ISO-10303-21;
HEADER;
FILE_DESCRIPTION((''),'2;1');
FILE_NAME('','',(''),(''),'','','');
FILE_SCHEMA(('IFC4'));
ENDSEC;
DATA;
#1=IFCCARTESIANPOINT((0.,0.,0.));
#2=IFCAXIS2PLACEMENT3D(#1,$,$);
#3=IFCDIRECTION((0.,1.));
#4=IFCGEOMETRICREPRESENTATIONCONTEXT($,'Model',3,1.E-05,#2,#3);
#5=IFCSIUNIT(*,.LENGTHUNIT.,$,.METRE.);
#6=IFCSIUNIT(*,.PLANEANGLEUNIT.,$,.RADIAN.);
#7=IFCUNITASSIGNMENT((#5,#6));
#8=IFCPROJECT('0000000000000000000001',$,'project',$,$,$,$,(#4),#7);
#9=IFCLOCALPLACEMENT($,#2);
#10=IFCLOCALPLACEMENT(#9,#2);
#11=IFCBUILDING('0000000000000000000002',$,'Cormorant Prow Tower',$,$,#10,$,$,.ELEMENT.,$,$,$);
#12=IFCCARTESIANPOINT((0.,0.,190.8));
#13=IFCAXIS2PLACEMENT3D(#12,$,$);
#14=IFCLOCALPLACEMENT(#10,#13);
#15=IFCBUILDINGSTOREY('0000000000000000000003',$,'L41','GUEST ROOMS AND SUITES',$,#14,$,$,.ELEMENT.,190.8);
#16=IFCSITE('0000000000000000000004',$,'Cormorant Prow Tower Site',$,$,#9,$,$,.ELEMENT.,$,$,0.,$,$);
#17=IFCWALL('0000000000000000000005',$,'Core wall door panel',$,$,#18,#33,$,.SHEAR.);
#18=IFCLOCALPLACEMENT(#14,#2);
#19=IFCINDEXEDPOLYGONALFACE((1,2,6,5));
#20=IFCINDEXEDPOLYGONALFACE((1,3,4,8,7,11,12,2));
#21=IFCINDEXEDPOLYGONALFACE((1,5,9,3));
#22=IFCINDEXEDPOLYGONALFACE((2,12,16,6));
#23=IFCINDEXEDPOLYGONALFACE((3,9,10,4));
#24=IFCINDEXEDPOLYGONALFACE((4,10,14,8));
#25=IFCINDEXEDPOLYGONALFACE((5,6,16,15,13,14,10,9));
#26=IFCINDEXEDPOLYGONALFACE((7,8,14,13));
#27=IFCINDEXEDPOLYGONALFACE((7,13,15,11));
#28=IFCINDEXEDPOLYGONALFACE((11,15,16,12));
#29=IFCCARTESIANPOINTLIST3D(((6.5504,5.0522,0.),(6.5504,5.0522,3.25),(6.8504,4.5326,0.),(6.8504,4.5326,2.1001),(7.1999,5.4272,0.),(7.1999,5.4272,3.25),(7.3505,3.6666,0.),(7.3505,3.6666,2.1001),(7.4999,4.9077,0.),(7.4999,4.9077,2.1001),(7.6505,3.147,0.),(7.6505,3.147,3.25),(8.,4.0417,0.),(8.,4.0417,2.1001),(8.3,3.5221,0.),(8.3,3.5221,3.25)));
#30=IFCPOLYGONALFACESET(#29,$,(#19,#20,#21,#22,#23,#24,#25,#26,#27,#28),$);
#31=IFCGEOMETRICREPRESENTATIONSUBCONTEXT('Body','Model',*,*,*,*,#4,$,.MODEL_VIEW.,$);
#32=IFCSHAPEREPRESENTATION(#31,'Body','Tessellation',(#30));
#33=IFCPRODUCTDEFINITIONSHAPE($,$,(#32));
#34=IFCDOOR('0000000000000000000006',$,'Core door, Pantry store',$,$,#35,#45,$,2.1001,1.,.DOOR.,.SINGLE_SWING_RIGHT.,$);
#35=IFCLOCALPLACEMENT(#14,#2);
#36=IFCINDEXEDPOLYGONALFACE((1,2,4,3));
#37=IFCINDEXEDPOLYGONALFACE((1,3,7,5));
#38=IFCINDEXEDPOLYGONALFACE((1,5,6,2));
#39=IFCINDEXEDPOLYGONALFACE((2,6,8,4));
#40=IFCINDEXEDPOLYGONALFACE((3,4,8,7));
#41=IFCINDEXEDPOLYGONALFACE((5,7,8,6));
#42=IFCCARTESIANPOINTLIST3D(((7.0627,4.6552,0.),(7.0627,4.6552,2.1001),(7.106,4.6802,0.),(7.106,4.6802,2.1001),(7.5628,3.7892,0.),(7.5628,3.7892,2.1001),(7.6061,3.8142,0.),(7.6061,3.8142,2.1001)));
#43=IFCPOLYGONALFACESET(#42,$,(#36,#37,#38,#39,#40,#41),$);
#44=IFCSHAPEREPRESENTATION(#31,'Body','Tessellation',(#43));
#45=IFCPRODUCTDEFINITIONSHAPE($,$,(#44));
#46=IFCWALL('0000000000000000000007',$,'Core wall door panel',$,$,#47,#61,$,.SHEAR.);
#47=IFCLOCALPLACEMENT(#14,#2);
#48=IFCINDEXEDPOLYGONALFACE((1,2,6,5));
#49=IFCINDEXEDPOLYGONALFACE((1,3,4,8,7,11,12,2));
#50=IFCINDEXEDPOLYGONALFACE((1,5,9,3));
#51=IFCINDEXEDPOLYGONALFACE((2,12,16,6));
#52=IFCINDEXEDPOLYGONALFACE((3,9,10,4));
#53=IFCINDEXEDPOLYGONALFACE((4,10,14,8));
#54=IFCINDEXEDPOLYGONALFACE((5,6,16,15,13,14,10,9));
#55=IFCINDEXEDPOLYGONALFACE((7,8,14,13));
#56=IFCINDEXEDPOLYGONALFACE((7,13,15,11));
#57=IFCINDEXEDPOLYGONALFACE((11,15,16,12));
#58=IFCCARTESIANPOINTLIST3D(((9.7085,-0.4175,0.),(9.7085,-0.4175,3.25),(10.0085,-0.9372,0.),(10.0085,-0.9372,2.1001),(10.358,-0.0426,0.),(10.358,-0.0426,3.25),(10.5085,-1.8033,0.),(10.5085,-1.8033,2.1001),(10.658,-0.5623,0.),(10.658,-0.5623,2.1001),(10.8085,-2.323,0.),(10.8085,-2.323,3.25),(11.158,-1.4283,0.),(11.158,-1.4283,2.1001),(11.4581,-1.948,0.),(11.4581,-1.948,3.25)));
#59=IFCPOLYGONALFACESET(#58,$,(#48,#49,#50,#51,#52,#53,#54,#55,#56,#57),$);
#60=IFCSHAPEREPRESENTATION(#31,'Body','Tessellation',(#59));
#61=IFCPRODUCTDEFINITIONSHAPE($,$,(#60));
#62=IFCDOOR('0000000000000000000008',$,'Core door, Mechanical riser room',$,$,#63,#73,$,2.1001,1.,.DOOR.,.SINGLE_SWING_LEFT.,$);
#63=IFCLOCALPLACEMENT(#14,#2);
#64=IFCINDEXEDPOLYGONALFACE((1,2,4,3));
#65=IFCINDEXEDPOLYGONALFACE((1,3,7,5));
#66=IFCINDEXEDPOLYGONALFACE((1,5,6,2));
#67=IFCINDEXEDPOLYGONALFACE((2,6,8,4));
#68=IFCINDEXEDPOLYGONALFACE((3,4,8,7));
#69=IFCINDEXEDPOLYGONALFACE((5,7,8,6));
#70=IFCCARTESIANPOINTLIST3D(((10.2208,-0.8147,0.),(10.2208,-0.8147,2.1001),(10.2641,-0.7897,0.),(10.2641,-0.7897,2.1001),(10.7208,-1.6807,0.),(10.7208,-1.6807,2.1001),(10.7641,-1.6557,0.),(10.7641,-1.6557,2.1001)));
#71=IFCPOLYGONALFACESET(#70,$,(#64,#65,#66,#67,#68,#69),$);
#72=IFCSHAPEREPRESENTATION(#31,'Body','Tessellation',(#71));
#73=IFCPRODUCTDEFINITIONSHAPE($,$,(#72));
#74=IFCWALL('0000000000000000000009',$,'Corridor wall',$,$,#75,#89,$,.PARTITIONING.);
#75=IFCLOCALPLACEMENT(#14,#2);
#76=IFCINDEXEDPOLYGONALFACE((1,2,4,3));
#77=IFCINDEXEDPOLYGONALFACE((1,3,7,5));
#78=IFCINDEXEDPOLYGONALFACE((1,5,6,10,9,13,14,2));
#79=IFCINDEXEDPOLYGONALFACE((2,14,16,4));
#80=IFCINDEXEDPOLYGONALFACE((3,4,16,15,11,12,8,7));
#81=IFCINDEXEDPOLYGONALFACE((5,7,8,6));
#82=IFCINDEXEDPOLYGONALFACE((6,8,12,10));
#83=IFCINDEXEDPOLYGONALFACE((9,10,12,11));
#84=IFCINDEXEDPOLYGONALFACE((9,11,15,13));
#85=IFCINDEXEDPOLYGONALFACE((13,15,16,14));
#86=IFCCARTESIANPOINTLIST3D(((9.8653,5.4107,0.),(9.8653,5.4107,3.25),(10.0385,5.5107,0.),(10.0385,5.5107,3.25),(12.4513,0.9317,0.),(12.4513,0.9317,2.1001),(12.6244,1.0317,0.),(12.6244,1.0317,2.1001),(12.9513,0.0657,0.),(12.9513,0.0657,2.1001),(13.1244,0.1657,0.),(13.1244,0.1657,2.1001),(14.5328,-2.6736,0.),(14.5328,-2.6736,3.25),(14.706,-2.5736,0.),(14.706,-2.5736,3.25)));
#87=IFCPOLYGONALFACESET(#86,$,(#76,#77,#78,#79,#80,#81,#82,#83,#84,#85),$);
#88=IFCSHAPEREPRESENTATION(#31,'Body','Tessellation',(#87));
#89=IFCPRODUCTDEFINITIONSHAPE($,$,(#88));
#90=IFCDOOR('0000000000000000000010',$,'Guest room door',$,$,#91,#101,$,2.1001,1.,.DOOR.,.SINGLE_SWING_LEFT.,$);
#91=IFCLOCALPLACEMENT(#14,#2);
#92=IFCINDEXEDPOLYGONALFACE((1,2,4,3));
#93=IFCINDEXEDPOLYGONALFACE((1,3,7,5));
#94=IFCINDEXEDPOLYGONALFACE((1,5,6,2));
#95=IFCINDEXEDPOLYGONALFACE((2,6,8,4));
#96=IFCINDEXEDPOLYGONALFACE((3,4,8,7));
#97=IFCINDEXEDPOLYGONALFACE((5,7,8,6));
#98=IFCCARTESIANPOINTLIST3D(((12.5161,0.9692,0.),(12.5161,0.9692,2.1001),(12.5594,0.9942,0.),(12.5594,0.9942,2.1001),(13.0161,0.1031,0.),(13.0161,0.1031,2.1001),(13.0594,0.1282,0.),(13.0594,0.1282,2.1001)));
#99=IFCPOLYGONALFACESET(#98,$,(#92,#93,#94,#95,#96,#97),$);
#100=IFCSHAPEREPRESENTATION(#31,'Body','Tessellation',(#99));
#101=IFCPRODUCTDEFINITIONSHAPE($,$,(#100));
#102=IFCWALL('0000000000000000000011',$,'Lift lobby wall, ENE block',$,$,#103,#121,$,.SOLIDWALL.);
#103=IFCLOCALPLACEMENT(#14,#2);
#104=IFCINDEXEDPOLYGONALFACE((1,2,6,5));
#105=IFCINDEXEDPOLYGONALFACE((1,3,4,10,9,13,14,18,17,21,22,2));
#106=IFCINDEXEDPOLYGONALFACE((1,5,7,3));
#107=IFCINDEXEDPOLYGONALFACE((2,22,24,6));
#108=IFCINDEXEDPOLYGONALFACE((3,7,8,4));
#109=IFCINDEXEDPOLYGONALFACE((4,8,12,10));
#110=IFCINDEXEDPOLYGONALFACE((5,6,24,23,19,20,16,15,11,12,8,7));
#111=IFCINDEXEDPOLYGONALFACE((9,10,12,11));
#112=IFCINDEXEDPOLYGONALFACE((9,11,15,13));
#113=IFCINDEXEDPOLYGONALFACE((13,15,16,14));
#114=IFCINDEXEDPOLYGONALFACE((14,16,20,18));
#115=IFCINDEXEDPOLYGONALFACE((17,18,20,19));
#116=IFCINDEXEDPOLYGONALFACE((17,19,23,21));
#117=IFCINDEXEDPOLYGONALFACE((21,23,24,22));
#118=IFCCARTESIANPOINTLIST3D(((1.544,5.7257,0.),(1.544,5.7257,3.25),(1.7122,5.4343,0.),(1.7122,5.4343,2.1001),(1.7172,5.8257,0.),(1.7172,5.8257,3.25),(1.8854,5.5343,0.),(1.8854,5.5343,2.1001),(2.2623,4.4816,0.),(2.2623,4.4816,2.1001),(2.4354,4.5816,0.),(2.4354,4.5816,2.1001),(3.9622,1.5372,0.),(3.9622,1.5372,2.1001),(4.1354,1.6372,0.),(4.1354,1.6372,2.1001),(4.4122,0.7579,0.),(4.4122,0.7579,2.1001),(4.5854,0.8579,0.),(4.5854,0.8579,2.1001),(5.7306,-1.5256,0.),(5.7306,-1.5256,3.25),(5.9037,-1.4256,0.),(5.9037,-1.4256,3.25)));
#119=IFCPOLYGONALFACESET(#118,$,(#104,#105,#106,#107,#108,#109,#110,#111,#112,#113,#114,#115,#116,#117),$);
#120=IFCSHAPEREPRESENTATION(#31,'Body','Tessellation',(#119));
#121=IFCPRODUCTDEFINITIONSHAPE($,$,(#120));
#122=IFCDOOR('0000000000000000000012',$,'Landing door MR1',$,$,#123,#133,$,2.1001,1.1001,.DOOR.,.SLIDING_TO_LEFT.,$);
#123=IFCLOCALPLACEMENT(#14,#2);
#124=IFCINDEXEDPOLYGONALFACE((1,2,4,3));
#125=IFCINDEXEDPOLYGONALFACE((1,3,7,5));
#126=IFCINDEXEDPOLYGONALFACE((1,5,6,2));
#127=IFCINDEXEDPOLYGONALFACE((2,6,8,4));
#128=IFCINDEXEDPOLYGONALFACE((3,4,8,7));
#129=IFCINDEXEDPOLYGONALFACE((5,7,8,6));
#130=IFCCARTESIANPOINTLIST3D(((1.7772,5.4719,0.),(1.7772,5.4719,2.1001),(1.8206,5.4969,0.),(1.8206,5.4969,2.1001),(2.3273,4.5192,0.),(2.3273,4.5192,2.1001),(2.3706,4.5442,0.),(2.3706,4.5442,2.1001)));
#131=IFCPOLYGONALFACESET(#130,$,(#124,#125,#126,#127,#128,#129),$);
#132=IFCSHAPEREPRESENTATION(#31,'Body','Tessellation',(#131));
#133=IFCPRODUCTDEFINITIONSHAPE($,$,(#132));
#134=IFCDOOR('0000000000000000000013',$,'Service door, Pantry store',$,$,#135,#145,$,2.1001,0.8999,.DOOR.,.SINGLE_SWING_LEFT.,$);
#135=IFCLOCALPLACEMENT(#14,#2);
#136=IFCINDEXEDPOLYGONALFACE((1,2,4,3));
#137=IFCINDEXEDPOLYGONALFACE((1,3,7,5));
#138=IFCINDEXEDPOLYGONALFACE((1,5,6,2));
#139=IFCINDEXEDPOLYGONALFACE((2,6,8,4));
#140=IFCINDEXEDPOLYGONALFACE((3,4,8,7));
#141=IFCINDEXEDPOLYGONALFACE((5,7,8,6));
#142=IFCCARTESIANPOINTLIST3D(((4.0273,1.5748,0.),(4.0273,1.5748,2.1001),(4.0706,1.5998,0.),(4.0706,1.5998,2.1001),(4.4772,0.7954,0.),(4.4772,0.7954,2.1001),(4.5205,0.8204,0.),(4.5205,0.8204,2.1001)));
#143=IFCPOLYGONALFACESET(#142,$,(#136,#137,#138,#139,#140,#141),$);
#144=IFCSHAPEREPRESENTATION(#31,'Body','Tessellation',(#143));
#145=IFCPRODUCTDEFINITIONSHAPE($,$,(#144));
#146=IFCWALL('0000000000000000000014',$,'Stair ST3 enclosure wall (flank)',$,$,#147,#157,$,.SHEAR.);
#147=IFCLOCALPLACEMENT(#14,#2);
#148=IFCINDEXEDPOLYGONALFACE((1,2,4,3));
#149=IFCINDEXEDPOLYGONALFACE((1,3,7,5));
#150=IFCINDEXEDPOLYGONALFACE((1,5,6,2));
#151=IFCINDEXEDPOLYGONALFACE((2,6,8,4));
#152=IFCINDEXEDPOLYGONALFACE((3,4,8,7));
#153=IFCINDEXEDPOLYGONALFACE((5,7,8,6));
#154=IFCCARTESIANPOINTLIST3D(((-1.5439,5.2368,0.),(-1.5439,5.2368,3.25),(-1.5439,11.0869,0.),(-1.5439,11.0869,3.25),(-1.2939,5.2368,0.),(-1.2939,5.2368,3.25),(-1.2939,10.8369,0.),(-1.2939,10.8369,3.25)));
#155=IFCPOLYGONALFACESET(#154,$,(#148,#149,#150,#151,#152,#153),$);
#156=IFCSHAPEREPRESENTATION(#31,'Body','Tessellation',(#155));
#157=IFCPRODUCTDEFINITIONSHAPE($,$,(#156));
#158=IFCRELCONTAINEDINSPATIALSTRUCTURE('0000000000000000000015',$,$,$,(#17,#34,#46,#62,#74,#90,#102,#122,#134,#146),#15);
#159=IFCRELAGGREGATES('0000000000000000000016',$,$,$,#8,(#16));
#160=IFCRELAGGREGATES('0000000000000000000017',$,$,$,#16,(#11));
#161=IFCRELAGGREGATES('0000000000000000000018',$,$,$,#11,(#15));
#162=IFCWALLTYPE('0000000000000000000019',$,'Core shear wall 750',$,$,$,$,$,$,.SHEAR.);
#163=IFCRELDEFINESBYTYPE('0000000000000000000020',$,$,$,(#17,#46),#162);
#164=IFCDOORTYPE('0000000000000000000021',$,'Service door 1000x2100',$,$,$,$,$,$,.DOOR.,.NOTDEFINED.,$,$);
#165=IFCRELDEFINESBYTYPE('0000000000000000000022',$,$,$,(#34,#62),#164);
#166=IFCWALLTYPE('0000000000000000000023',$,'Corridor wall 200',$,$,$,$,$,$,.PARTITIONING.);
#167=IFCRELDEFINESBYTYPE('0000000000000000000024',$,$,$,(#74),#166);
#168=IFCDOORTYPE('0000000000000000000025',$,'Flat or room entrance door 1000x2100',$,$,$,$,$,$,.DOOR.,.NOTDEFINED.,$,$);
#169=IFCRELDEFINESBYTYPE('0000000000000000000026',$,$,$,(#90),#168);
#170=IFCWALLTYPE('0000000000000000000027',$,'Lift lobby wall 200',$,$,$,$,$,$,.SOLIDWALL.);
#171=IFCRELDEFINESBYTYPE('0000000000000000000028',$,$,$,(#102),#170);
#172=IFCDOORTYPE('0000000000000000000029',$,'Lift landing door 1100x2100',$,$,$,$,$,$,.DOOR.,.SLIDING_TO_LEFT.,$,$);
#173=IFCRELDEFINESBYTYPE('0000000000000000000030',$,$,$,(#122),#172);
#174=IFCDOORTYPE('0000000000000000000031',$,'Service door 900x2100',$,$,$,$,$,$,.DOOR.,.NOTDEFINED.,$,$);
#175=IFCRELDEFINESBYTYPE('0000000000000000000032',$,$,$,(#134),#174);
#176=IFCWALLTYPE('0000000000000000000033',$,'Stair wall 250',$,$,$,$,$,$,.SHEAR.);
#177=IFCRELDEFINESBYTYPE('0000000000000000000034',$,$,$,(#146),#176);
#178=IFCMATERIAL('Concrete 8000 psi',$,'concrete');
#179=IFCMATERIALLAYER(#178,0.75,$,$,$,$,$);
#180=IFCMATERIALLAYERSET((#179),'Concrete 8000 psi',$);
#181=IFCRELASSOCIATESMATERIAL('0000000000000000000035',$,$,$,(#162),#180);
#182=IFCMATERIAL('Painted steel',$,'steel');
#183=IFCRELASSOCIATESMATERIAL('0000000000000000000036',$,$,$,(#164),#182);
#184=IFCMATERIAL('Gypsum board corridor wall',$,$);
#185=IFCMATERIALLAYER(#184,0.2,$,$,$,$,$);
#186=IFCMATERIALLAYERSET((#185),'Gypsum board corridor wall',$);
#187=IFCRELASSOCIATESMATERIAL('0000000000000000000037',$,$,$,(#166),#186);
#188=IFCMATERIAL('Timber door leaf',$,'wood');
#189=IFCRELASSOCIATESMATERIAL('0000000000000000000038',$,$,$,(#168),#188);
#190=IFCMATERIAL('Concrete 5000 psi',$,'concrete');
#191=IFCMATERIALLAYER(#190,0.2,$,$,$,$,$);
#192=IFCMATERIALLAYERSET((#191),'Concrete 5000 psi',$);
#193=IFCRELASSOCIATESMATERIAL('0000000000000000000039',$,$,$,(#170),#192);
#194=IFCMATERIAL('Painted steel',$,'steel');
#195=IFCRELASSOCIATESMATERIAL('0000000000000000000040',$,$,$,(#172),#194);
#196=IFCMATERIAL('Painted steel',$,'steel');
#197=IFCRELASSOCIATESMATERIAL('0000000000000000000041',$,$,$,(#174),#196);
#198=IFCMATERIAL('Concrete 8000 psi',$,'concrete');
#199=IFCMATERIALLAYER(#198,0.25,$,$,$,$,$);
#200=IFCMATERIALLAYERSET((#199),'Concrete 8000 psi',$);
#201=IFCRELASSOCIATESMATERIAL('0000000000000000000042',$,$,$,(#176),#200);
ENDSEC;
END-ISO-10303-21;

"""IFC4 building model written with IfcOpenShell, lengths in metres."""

from ifc_helpers import new_model, si_unit, direction, frame, frame_2d, origin, place, context, subcontext, project, spatial, polyline, rectangle, outline, extrude, material, layer, layer_set, type_object, element, fill, save


model = new_model("IFC4")

# Units and contexts
model_context = context("Model", 3, precision=1e-05, world=origin(), true_north=direction((0.0, 1.0)))
body_context = subcontext(model_context, "Body", "Model", "MODEL_VIEW")
ifc_project = project(units=[si_unit("LENGTHUNIT", "METRE"), si_unit("PLANEANGLEUNIT", "RADIAN")], contexts=[model_context])

# Site, building, storey
site_placement = place(None, origin())
site = spatial("IfcSite", under=ifc_project, at=site_placement, Name="Cormorant Prow Tower Site", CompositionType="ELEMENT", RefElevation=0.0)
building_placement = place(site_placement, origin())
building = spatial("IfcBuilding", under=site, at=building_placement, Name="Cormorant Prow Tower", CompositionType="ELEMENT")
storey_placement = place(building_placement, frame((0.0, 0.0, 190.8)))
storey = spatial("IfcBuildingStorey", under=building, at=storey_placement, Name="L41", Description="GUEST ROOMS AND SUITES", CompositionType="ELEMENT", Elevation=190.8)

# Shared definitions
ifc_material_1 = material(Name="Concrete 8000 psi", Category="concrete")
ifc_layer_1 = layer(ifc_material_1, 0.75)
ifc_layer_set_1 = layer_set([ifc_layer_1], Name="Concrete 8000 psi")
wall_type_1 = type_object("IfcWallType", Name="Core shear wall 750", PredefinedType="SHEAR", material=ifc_layer_set_1)

# Walls, openings, doors
wall_1_placement = place(storey_placement, frame((7.9753, 3.3345, 0.0), z_axis=(0.0, 0.0, 1.0), x_axis=(-0.500078, 0.86598, 0.0)))
wall_1 = element("IfcWall", 1, at=wall_1_placement, inside=storey, type_object=wall_type_1, Name="Core wall door panel", PredefinedType="SHEAR", context=body_context, shape_type="SweptSolid", body=[
    extrude(rectangle(XDim=2.2, YDim=0.75, at=frame_2d((1.1001, 0.0))), origin(), (0.0, 0.0, 1.0), 3.25),
])
opening_1_placement = place(wall_1_placement, frame((0.6001, 0.0, 0.0)))
opening_1 = element("IfcOpeningElement", 2, at=opening_1_placement, cuts=wall_1, PredefinedType="OPENING", context=body_context, shape_type="SweptSolid", body=[
    extrude(rectangle(XDim=1.0, YDim=2.1001, at=frame_2d((0.5, 1.05))), frame((0.0, 0.385, 0.0), z_axis=(0.0, -1.0, 0.0), x_axis=(1.0, 0.0, 0.0)), (0.0, 0.0, 1.0), 0.77),
])
ifc_material_2 = material(Name="Painted steel", Category="steel")
door_type_1 = type_object("IfcDoorType", Name="Service door 1000x2100", OperationType="NOTDEFINED", PredefinedType="DOOR", material=ifc_material_2)
door_1_placement = place(opening_1_placement, origin())
door_1 = element("IfcDoor", 3, at=door_1_placement, inside=storey, type_object=door_type_1, Name="Core door, Pantry store", OperationType="SINGLE_SWING_RIGHT", OverallHeight=2.1001, OverallWidth=1.0, PredefinedType="DOOR", context=body_context, shape_type="SweptSolid", body=[
    extrude(rectangle(XDim=1.0, YDim=2.1001, at=frame_2d((0.5, 1.05))), frame((0.0, 0.1299, 0.0), z_axis=(0.0, -1.0, 0.0), x_axis=(1.0, 0.0, 0.0)), (0.0, 0.0, 1.0), 0.05),
])
fill(opening_1, door_1)
wall_2_placement = place(storey_placement, frame((11.1333, -2.1355, 0.0), z_axis=(0.0, 0.0, 1.0), x_axis=(-0.499982, 0.866036, 0.0)))
wall_2 = element("IfcWall", 4, at=wall_2_placement, inside=storey, type_object=wall_type_1, Name="Core wall door panel", PredefinedType="SHEAR", context=body_context, shape_type="SweptSolid", body=[
    extrude(rectangle(XDim=2.2002, YDim=0.75, at=frame_2d((1.1001, 0.0))), origin(), (0.0, 0.0, 1.0), 3.25),
])
opening_2_placement = place(wall_2_placement, frame((0.6001, 0.0, 0.0)))
opening_2 = element("IfcOpeningElement", 5, at=opening_2_placement, cuts=wall_2, PredefinedType="OPENING", context=body_context, shape_type="SweptSolid", body=[
    extrude(rectangle(XDim=1.0, YDim=2.1001, at=frame_2d((0.5, 1.05))), frame((0.0, 0.385, 0.0), z_axis=(0.0, -1.0, 0.0), x_axis=(1.0, 0.0, 0.0)), (0.0, 0.0, 1.0), 0.77),
])
door_2_placement = place(opening_2_placement, origin())
door_2 = element("IfcDoor", 6, at=door_2_placement, inside=storey, type_object=door_type_1, Name="Core door, Mechanical riser room", OperationType="SINGLE_SWING_LEFT", OverallHeight=2.1001, OverallWidth=1.0, PredefinedType="DOOR", context=body_context, shape_type="SweptSolid", body=[
    extrude(rectangle(XDim=1.0, YDim=2.1001, at=frame_2d((0.5, 1.05))), frame((0.0, 0.1299, 0.0), z_axis=(0.0, -1.0, 0.0), x_axis=(1.0, 0.0, 0.0)), (0.0, 0.0, 1.0), 0.05),
])
fill(opening_2, door_2)
ifc_material_3 = material(Name="Gypsum board corridor wall")
ifc_layer_2 = layer(ifc_material_3, 0.2)
ifc_layer_set_2 = layer_set([ifc_layer_2], Name="Gypsum board corridor wall")
wall_type_2 = type_object("IfcWallType", Name="Corridor wall 200", PredefinedType="PARTITIONING", material=ifc_layer_set_2)
wall_3_placement = place(storey_placement, frame((9.9519, 5.4607, 0.0), z_axis=(0.0, 0.0, 1.0), x_axis=(0.500004, -0.866023, 0.0)))
wall_3 = element("IfcWall", 7, at=wall_3_placement, inside=storey, type_object=wall_type_2, Name="Corridor wall", PredefinedType="PARTITIONING", context=body_context, shape_type="SweptSolid", body=[
    extrude(rectangle(XDim=9.335, YDim=0.2, at=frame_2d((4.6675, 0.0))), origin(), (0.0, 0.0, 1.0), 3.25),
])
opening_3_placement = place(wall_3_placement, frame((5.1719, 0.0, 0.0)))
opening_3 = element("IfcOpeningElement", 8, at=opening_3_placement, cuts=wall_3, PredefinedType="OPENING", context=body_context, shape_type="SweptSolid", body=[
    extrude(rectangle(XDim=1.0, YDim=2.1001, at=frame_2d((0.5, 1.05))), frame((0.0, 0.1099, 0.0), z_axis=(0.0, -1.0, 0.0), x_axis=(1.0, 0.0, 0.0)), (0.0, 0.0, 1.0), 0.22),
])
ifc_material_4 = material(Name="Timber door leaf", Category="wood")
door_type_2 = type_object("IfcDoorType", Name="Flat or room entrance door 1000x2100", OperationType="NOTDEFINED", PredefinedType="DOOR", material=ifc_material_4)
door_3_placement = place(opening_3_placement, origin())
door_3 = element("IfcDoor", 9, at=door_3_placement, inside=storey, type_object=door_type_2, Name="Guest room door", OperationType="SINGLE_SWING_LEFT", OverallHeight=2.1001, OverallWidth=1.0, PredefinedType="DOOR", context=body_context, shape_type="SweptSolid", body=[
    extrude(rectangle(XDim=1.0, YDim=2.1001, at=frame_2d((0.5, 1.05))), frame((0.0, 0.0249, 0.0), z_axis=(0.0, -1.0, 0.0), x_axis=(1.0, 0.0, 0.0)), (0.0, 0.0, 1.0), 0.05),
])
fill(opening_3, door_3)

# Wall, openings, doors
ifc_material_5 = material(Name="Concrete 5000 psi", Category="concrete")
ifc_layer_3 = layer(ifc_material_5, 0.2)
ifc_layer_set_3 = layer_set([ifc_layer_3], Name="Concrete 5000 psi")
wall_type_3 = type_object("IfcWallType", Name="Lift lobby wall 200", PredefinedType="SOLIDWALL", material=ifc_layer_set_3)
wall_4_placement = place(storey_placement, frame((5.8171, -1.4756, 0.0), z_axis=(0.0, 0.0, 1.0), x_axis=(-0.500003, 0.866024, 0.0)))
wall_4 = element("IfcWall", 10, at=wall_4_placement, inside=storey, type_object=wall_type_3, Name="Lift lobby wall, ENE block", PredefinedType="SOLIDWALL", context=body_context, shape_type="SweptSolid", body=[
    extrude(rectangle(XDim=8.373, YDim=0.2, at=frame_2d((4.1865, 0.0))), origin(), (0.0, 0.0, 1.0), 3.25),
])
opening_4_placement = place(wall_4_placement, frame((2.6367, 0.0, 0.0)))
opening_4 = element("IfcOpeningElement", 11, at=opening_4_placement, cuts=wall_4, PredefinedType="OPENING", context=body_context, shape_type="SweptSolid", body=[
    extrude(rectangle(XDim=0.8999, YDim=2.1001, at=frame_2d((0.45, 1.05))), frame((0.0, 0.1099, 0.0), z_axis=(0.0, -1.0, 0.0), x_axis=(1.0, 0.0, 0.0)), (0.0, 0.0, 1.0), 0.22),
])
opening_5_placement = place(wall_4_placement, frame((6.9365, 0.0, 0.0)))
opening_5 = element("IfcOpeningElement", 12, at=opening_5_placement, cuts=wall_4, PredefinedType="OPENING", context=body_context, shape_type="SweptSolid", body=[
    extrude(rectangle(XDim=1.1001, YDim=2.1001, at=frame_2d((0.55, 1.05))), frame((0.0, 0.1099, 0.0), z_axis=(0.0, -1.0, 0.0), x_axis=(1.0, 0.0, 0.0)), (0.0, 0.0, 1.0), 0.22),
])
ifc_material_6 = material(Name="Painted steel", Category="steel")
door_type_3 = type_object("IfcDoorType", Name="Lift landing door 1100x2100", OperationType="SLIDING_TO_LEFT", PredefinedType="DOOR", material=ifc_material_6)
door_4_placement = place(opening_5_placement, origin())
door_4 = element("IfcDoor", 13, at=door_4_placement, inside=storey, type_object=door_type_3, Name="Landing door MR1", OperationType="SLIDING_TO_LEFT", OverallHeight=2.1001, OverallWidth=1.1001, PredefinedType="DOOR", context=body_context, shape_type="SweptSolid", body=[
    extrude(rectangle(XDim=1.1001, YDim=2.1001, at=frame_2d((0.55, 1.05))), frame((0.0, 0.0249, 0.0), z_axis=(0.0, -1.0, 0.0), x_axis=(1.0, 0.0, 0.0)), (0.0, 0.0, 1.0), 0.05),
])
fill(opening_5, door_4)
ifc_material_7 = material(Name="Painted steel", Category="steel")
door_type_4 = type_object("IfcDoorType", Name="Service door 900x2100", OperationType="NOTDEFINED", PredefinedType="DOOR", material=ifc_material_7)
door_5_placement = place(opening_4_placement, origin())
door_5 = element("IfcDoor", 14, at=door_5_placement, inside=storey, type_object=door_type_4, Name="Service door, Pantry store", OperationType="SINGLE_SWING_LEFT", OverallHeight=2.1001, OverallWidth=0.8999, PredefinedType="DOOR", context=body_context, shape_type="SweptSolid", body=[
    extrude(rectangle(XDim=0.8999, YDim=2.1001, at=frame_2d((0.45, 1.05))), frame((0.0, 0.0249, 0.0), z_axis=(0.0, -1.0, 0.0), x_axis=(1.0, 0.0, 0.0)), (0.0, 0.0, 1.0), 0.05),
])
fill(opening_4, door_5)

# Wall
ifc_material_8 = material(Name="Concrete 8000 psi", Category="concrete")
ifc_layer_4 = layer(ifc_material_8, 0.25)
ifc_layer_set_4 = layer_set([ifc_layer_4], Name="Concrete 8000 psi")
wall_type_4 = type_object("IfcWallType", Name="Stair wall 250", PredefinedType="SHEAR", material=ifc_layer_set_4)
wall_5_placement = place(storey_placement, origin())
element("IfcWall", 15, at=wall_5_placement, inside=storey, type_object=wall_type_4, Name="Stair ST3 enclosure wall (flank)", PredefinedType="SHEAR", context=body_context, shape_type="SweptSolid", body=[
    extrude(outline(polyline([(-1.2939, 10.8369), (-1.5439, 11.0869), (-1.5439, 5.2368), (-1.2939, 5.2368), (-1.2939, 10.8369)])), origin(), (0.0, 0.0, 1.0), 3.25),
])

save(model, "model.ifc")
